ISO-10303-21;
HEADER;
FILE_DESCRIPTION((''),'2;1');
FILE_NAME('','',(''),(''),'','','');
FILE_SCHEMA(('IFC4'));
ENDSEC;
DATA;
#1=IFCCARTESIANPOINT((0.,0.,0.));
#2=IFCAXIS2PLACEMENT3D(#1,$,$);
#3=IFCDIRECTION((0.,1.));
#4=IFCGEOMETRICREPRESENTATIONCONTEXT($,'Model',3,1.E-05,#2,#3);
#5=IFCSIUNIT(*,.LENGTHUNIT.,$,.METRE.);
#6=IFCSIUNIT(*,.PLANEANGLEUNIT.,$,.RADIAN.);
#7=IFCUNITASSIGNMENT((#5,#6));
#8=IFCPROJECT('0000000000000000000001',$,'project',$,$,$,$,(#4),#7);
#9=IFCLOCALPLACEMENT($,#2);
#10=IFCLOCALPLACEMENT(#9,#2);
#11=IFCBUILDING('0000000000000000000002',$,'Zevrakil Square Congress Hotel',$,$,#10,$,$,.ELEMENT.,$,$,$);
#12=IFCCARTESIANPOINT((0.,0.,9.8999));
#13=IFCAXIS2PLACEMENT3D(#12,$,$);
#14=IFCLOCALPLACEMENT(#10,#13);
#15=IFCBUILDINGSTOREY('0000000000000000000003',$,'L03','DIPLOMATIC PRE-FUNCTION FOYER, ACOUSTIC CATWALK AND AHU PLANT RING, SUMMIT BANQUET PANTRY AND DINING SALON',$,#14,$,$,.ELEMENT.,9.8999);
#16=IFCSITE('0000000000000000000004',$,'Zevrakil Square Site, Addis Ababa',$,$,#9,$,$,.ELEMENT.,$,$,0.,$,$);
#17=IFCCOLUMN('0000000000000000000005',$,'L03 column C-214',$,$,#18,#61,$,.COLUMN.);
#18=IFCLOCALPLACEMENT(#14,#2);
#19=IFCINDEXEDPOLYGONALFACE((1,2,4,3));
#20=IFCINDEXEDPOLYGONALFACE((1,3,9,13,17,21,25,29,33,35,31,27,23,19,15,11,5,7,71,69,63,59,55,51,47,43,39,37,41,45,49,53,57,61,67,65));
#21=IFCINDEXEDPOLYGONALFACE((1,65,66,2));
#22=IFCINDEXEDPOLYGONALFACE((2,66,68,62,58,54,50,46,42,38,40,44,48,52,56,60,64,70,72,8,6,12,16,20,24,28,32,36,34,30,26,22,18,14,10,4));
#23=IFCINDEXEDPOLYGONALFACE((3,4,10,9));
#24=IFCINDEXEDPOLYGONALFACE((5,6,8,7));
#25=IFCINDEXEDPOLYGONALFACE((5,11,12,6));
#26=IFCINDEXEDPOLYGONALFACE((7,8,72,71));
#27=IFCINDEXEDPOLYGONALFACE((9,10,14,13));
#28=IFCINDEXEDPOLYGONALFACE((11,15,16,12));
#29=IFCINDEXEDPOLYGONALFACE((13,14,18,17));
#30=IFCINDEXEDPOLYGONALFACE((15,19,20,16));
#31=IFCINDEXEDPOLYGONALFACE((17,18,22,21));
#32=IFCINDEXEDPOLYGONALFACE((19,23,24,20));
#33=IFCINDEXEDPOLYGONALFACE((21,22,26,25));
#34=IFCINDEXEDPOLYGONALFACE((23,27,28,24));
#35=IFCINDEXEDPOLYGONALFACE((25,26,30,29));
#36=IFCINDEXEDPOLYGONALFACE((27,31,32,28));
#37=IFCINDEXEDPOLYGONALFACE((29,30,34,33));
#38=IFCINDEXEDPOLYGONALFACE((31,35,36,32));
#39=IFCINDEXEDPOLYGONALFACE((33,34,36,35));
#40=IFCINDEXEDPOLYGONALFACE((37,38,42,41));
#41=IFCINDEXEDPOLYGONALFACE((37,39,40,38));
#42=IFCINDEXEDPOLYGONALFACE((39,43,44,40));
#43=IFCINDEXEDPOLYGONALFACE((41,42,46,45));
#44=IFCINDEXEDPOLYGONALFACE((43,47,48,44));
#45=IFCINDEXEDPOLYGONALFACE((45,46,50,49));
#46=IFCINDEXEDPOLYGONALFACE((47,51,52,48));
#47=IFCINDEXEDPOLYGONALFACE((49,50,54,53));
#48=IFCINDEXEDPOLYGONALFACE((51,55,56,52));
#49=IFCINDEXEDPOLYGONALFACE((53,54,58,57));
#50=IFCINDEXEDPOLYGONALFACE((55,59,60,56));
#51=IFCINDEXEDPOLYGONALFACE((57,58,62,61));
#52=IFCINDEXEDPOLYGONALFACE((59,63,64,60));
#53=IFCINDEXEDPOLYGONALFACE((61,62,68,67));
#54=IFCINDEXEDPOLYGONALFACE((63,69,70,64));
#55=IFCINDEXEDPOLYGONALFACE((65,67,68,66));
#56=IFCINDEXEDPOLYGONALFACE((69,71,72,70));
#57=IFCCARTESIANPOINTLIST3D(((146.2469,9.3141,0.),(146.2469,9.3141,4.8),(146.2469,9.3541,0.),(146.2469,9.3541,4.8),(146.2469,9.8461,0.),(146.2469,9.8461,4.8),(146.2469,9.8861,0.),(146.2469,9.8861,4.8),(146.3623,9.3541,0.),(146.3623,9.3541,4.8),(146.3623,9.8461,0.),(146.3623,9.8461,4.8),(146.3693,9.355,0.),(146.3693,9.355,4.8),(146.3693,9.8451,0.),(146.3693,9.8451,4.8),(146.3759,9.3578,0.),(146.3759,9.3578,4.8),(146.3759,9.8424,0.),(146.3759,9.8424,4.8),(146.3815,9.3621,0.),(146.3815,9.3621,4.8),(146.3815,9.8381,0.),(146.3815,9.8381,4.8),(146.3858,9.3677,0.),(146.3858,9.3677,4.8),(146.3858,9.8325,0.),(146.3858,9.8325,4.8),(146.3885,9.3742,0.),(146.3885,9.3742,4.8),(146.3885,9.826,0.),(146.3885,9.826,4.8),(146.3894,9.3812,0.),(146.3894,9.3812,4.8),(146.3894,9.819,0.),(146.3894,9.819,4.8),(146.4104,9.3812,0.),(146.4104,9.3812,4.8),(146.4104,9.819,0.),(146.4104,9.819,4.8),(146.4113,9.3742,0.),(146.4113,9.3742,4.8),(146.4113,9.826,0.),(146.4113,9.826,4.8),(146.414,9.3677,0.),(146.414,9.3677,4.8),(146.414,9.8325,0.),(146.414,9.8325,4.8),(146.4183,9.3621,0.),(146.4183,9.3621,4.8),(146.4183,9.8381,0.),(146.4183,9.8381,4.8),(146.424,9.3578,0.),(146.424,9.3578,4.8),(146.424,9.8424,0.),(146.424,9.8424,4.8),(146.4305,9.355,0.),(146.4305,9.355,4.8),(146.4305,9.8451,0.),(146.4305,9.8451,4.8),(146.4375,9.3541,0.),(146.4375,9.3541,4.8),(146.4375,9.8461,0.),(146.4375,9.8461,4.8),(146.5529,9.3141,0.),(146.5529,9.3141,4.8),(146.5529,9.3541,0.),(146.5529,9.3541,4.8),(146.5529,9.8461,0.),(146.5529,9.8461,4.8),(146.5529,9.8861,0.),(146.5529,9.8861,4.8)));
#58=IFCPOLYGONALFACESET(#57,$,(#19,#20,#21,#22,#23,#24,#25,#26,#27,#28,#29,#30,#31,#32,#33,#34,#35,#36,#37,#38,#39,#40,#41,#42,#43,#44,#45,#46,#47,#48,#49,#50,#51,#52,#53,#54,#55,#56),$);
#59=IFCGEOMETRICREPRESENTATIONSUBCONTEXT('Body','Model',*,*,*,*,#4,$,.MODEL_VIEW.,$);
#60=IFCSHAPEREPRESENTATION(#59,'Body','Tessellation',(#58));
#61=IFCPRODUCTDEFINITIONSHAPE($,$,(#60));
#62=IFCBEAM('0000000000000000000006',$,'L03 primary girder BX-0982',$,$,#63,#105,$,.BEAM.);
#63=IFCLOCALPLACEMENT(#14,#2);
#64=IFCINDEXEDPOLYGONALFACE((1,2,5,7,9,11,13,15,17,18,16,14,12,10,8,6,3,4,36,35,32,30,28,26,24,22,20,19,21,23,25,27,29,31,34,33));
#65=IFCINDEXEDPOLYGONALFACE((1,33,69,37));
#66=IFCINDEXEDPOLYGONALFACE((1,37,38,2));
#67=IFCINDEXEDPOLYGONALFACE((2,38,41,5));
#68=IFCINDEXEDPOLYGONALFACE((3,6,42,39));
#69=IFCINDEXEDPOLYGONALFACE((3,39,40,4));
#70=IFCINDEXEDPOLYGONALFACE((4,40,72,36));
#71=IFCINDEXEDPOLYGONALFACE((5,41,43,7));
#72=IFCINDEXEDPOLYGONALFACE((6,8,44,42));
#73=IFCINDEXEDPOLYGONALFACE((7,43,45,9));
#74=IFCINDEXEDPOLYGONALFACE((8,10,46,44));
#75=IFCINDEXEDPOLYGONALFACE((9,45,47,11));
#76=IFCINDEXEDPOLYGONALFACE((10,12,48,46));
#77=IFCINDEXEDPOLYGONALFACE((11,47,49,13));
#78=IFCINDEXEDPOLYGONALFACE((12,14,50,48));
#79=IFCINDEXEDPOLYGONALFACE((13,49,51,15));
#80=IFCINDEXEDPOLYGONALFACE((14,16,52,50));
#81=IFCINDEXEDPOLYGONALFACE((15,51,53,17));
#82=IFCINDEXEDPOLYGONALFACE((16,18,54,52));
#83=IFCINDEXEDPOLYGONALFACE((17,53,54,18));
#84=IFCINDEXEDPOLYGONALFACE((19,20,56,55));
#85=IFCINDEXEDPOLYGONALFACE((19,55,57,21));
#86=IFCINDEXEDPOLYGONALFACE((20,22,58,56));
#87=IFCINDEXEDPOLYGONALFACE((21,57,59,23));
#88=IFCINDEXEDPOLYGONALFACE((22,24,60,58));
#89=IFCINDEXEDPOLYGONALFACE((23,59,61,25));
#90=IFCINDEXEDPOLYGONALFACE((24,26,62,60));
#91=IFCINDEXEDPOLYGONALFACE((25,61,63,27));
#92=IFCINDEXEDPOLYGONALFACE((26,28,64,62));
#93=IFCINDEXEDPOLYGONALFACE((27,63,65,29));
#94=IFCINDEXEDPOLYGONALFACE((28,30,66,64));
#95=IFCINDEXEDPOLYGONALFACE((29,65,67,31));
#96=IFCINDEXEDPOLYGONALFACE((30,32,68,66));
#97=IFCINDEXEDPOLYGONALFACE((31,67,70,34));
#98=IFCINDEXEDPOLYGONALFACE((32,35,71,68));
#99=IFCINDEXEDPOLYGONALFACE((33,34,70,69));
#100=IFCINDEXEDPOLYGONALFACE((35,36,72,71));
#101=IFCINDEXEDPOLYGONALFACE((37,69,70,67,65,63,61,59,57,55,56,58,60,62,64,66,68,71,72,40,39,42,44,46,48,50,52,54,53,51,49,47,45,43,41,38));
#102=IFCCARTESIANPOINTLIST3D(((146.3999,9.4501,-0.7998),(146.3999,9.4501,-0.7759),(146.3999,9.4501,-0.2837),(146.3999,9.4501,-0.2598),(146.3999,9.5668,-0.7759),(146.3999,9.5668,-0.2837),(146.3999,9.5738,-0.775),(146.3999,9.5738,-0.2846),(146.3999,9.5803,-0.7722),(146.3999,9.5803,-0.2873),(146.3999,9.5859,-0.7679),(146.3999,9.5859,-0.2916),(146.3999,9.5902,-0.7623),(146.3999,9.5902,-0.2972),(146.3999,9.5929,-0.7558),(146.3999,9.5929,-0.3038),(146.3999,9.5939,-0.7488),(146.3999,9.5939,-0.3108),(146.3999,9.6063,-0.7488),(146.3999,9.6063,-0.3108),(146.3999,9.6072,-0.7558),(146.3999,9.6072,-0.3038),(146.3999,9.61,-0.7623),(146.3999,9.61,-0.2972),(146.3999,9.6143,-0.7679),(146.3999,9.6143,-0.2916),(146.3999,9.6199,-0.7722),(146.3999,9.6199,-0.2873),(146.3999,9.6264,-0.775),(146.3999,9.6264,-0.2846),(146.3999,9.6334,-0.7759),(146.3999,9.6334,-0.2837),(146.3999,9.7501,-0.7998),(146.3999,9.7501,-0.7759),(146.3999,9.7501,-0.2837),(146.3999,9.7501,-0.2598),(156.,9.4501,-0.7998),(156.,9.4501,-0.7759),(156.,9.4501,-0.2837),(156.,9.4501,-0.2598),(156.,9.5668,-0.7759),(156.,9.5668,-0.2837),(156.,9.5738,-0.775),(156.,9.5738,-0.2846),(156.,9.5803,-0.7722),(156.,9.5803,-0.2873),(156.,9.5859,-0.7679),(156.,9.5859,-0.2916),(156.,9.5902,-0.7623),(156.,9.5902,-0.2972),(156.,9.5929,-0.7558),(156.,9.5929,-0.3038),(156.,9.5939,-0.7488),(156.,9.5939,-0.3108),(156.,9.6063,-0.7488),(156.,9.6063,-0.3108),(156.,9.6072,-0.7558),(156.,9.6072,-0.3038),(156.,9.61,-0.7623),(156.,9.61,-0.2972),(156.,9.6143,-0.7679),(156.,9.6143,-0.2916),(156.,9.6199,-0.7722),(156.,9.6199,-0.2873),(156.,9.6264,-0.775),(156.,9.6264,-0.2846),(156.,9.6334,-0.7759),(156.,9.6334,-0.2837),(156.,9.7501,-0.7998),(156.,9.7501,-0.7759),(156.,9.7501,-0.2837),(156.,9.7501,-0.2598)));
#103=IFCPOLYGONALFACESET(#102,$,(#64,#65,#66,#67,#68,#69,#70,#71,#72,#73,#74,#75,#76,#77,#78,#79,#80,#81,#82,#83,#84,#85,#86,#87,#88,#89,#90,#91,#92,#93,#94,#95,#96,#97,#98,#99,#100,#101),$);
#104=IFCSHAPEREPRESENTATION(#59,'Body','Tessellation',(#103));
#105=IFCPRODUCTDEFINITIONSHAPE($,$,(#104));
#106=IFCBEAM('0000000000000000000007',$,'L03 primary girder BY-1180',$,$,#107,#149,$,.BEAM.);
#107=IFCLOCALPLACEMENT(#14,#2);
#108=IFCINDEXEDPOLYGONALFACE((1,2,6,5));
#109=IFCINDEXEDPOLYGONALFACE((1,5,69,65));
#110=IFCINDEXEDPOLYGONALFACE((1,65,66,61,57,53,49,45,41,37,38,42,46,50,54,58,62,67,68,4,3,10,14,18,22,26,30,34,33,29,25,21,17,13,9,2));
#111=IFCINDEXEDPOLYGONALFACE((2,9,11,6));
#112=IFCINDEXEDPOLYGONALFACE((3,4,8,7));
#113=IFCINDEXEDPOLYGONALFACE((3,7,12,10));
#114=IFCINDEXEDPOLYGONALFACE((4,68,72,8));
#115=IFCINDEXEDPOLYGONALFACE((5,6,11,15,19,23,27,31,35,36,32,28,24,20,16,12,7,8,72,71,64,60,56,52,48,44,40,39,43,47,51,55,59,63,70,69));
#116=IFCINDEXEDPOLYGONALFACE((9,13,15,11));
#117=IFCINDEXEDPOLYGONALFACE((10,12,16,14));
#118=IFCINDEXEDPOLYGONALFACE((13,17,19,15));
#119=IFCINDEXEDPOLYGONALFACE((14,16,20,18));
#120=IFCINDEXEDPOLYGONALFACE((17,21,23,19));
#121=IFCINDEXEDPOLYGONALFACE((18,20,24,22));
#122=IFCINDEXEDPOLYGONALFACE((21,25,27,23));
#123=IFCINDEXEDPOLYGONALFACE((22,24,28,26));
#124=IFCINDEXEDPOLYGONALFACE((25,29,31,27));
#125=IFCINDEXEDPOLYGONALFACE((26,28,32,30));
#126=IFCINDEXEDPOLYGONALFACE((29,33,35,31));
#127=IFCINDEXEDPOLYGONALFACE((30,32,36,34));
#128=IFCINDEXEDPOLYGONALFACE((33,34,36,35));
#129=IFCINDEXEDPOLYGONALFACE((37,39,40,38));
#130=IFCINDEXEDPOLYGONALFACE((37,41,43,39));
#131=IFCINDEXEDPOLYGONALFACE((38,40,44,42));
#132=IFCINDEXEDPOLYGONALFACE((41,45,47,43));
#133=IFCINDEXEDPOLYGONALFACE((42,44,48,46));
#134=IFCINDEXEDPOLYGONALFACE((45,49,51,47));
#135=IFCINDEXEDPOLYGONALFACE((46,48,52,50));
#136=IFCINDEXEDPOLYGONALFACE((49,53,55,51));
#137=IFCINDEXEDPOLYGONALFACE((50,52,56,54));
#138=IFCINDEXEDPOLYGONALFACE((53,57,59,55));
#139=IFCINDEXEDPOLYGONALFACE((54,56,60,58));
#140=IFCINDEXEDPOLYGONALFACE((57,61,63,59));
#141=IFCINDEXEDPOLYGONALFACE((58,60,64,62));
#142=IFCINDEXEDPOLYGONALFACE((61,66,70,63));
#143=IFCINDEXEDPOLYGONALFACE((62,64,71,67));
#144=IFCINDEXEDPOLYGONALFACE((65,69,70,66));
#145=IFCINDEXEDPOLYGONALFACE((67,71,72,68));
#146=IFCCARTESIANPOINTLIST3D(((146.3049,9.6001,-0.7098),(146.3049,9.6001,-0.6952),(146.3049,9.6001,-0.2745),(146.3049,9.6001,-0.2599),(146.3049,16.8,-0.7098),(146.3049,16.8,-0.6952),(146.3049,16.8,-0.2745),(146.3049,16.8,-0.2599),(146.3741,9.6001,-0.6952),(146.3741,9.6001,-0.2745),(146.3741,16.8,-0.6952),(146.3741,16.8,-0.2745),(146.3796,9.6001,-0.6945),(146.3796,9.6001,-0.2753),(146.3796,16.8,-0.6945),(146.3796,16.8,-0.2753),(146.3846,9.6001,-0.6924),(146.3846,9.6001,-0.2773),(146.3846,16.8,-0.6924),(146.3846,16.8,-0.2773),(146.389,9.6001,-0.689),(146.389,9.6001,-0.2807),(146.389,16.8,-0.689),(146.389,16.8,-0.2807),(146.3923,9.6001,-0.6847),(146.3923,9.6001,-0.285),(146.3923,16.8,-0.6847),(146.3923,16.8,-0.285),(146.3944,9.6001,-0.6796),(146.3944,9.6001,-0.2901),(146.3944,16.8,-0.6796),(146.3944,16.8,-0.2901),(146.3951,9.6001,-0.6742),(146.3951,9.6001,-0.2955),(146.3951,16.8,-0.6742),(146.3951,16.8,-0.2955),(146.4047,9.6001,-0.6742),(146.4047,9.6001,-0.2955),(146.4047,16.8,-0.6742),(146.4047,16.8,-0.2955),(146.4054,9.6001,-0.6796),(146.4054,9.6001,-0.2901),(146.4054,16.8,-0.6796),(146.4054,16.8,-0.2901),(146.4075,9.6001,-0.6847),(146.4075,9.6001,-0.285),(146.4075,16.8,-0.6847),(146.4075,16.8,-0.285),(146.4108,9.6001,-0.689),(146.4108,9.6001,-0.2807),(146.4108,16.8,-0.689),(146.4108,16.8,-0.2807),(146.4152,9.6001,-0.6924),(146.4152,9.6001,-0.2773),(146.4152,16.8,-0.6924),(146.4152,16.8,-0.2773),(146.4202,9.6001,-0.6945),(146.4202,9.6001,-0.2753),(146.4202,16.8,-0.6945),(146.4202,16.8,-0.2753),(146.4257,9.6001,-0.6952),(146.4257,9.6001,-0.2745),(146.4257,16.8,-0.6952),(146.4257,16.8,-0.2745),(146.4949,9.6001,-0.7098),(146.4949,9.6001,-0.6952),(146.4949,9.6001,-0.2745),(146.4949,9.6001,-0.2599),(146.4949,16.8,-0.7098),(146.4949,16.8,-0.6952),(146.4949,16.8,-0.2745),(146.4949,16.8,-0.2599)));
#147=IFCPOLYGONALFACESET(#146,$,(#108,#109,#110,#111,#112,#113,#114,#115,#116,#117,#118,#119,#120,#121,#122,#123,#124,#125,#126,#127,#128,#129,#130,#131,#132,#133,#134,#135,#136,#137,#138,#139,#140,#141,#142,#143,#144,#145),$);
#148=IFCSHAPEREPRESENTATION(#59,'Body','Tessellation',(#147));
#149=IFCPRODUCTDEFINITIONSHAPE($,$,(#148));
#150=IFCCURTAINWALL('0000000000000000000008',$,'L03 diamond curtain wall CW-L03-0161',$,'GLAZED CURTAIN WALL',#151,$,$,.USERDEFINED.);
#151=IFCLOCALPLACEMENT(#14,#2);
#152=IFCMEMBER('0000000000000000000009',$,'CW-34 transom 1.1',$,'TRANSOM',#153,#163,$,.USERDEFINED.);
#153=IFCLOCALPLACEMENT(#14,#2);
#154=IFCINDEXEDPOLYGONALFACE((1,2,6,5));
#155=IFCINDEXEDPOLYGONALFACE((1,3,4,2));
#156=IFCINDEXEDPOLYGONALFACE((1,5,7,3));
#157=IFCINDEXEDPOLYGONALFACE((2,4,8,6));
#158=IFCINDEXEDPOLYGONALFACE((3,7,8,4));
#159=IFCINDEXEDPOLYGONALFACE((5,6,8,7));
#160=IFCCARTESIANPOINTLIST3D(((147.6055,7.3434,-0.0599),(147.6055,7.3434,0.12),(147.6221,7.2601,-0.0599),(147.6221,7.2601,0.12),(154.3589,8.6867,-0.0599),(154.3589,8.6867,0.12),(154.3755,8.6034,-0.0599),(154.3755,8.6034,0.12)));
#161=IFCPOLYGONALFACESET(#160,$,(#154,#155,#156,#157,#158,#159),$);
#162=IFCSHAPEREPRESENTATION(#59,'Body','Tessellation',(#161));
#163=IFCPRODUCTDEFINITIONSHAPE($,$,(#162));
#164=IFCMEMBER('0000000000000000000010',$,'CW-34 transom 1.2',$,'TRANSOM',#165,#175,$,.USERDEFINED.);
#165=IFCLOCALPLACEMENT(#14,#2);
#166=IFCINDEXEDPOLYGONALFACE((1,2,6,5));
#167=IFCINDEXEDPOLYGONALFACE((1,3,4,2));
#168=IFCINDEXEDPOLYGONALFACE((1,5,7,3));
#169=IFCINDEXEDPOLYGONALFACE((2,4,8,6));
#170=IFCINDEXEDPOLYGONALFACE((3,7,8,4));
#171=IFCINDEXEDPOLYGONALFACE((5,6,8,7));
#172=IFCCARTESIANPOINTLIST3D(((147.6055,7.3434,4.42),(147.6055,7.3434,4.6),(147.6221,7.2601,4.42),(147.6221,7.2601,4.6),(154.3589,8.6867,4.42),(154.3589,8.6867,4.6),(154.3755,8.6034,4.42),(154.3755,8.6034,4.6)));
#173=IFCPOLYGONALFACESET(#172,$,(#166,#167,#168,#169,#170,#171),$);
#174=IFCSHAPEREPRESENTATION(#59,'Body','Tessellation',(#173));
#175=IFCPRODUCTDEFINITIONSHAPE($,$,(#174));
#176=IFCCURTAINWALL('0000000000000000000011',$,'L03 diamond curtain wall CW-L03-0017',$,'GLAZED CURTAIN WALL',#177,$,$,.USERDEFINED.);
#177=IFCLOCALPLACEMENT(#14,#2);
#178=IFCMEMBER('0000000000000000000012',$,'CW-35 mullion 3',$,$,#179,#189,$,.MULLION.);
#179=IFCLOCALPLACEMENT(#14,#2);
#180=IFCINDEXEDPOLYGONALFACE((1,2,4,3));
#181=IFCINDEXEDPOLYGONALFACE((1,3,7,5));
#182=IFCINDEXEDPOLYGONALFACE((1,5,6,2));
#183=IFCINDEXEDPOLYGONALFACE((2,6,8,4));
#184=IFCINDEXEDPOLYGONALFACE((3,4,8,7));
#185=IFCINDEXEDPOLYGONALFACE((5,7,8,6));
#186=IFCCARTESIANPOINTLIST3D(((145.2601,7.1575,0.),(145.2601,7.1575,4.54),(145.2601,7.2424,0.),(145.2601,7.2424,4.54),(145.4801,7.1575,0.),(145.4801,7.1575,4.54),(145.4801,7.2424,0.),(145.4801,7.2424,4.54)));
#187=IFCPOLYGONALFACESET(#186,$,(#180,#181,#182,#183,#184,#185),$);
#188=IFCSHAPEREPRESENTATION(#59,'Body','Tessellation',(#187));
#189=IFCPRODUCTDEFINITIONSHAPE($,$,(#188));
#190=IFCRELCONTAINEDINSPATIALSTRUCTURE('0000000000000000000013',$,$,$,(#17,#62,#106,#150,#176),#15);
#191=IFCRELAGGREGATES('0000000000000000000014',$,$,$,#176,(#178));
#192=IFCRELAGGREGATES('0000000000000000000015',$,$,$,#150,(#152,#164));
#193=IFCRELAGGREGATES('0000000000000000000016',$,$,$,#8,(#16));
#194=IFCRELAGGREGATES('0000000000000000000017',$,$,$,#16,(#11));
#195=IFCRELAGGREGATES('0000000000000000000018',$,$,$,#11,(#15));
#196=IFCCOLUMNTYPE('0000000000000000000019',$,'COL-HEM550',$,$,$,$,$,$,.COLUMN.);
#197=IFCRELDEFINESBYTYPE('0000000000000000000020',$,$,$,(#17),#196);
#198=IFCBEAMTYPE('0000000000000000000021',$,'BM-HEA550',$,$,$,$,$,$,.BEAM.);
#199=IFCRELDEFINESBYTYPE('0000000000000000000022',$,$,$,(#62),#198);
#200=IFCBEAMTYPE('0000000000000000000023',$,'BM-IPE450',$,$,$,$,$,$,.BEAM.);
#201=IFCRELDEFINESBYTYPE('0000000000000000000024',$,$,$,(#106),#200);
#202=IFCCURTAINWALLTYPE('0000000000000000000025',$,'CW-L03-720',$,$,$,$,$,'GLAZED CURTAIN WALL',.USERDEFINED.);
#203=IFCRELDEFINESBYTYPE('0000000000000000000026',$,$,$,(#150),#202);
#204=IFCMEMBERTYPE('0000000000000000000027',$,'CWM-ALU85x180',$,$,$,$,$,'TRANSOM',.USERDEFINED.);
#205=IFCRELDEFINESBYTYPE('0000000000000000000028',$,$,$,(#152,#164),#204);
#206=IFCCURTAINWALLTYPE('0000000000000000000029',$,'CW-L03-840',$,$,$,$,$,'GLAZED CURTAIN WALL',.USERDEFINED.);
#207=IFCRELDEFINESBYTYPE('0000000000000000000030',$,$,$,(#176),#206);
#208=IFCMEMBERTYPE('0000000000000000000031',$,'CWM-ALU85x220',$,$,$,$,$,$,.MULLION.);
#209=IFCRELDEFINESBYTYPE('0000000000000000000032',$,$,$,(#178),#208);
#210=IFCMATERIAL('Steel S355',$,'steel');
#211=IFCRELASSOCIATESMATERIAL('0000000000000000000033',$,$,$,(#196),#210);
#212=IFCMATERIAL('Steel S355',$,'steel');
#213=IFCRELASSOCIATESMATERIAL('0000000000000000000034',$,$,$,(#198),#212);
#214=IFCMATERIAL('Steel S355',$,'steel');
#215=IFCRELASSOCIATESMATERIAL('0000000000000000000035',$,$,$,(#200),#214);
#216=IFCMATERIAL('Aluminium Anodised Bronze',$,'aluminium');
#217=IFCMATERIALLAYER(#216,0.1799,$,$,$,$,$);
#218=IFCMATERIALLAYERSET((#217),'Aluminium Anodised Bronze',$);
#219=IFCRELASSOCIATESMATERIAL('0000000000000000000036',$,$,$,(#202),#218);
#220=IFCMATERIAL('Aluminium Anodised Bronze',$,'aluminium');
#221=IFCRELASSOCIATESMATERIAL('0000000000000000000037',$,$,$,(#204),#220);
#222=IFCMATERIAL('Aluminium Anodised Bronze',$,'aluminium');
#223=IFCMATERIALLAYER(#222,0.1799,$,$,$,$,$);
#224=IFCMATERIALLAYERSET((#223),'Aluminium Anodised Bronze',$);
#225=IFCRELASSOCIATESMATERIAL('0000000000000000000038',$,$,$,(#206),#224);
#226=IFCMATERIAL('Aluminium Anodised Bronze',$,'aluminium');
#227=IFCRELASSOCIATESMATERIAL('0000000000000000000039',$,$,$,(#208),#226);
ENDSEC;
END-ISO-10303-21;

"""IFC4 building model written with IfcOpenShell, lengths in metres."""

from ifc_helpers import new_model, si_unit, direction, frame, origin, origin_2d, place, context, subcontext, project, spatial, rectangle, i_section, extrude, material, layer, layer_set, material_profile, profile_set, type_object, element, aggregate, save


model = new_model("IFC4")

# Units and contexts
model_context = context("Model", 3, precision=1e-05, world=origin(), true_north=direction((0.0, 1.0)))
body_context = subcontext(model_context, "Body", "Model", "MODEL_VIEW")
ifc_project = project(units=[si_unit("LENGTHUNIT", "METRE"), si_unit("PLANEANGLEUNIT", "RADIAN")], contexts=[model_context])

# Site, building, storey
site_placement = place(None, origin())
site = spatial("IfcSite", under=ifc_project, at=site_placement, Name="Zevrakil Square Site, Addis Ababa", CompositionType="ELEMENT", RefElevation=0.0)
building_placement = place(site_placement, origin())
building = spatial("IfcBuilding", under=site, at=building_placement, Name="Zevrakil Square Congress Hotel", CompositionType="ELEMENT")
storey_placement = place(building_placement, frame((0.0, 0.0, 9.8999)))
storey = spatial("IfcBuildingStorey", under=building, at=storey_placement, Name="L03", Description="DIPLOMATIC PRE-FUNCTION FOYER, ACOUSTIC CATWALK AND AHU PLANT RING, SUMMIT BANQUET PANTRY AND DINING SALON", CompositionType="ELEMENT", Elevation=9.8999)

# Column
ifc_material_1 = material(Name="Steel S355", Category="steel")
ifc_material_profile_1 = material_profile(ifc_material_1, i_section(OverallWidth=0.3059, OverallDepth=0.572, WebThickness=0.021, FlangeThickness=0.04, FilletRadius=0.0271, at=origin_2d()), Name="HEM 550")
ifc_profile_set_1 = profile_set([ifc_material_profile_1], Name="Steel S355")
column_type = type_object("IfcColumnType", Name="COL-HEM550", PredefinedType="COLUMN", material=ifc_profile_set_1)
column_placement = place(storey_placement, frame((146.3999, 9.6001, 0.0), z_axis=(0.0, 0.0, 1.0), x_axis=(1.0, 0.0, 0.0)))
element("IfcColumn", 1, at=column_placement, inside=storey, type_object=column_type, Name="L03 column C-214", PredefinedType="COLUMN", context=body_context, shape_type="SweptSolid", body=[
    extrude(i_section(OverallWidth=0.3059, OverallDepth=0.572, WebThickness=0.021, FlangeThickness=0.04, FilletRadius=0.0271, at=origin_2d()), origin(), (0.0, 0.0, 1.0), 4.8),
])

# Beams
ifc_material_2 = material(Name="Steel S355", Category="steel")
ifc_material_profile_2 = material_profile(ifc_material_2, i_section(OverallWidth=0.3, OverallDepth=0.54, WebThickness=0.0125, FlangeThickness=0.0239, FilletRadius=0.0271, at=origin_2d()), Name="HEA 550")
ifc_profile_set_2 = profile_set([ifc_material_profile_2], Name="Steel S355")
beam_type_1 = type_object("IfcBeamType", Name="BM-HEA550", PredefinedType="BEAM", material=ifc_profile_set_2)
beam_1_placement = place(storey_placement, frame((146.3999, 9.6001, -0.5298), z_axis=(1.0, 0.0, 0.0), x_axis=(0.0, 1.0, 0.0)))
element("IfcBeam", 2, at=beam_1_placement, inside=storey, type_object=beam_type_1, Name="L03 primary girder BX-0982", PredefinedType="BEAM", context=body_context, shape_type="SweptSolid", body=[
    extrude(i_section(OverallWidth=0.3, OverallDepth=0.54, WebThickness=0.0125, FlangeThickness=0.0239, FilletRadius=0.0271, at=origin_2d()), origin(), (0.0, 0.0, 1.0), 9.6001),
])
ifc_material_3 = material(Name="Steel S355", Category="steel")
ifc_material_profile_3 = material_profile(ifc_material_3, i_section(OverallWidth=0.1899, OverallDepth=0.45, WebThickness=0.0095, FlangeThickness=0.0146, FilletRadius=0.021, at=origin_2d()), Name="IPE 450")
ifc_profile_set_3 = profile_set([ifc_material_profile_3], Name="Steel S355")
beam_type_2 = type_object("IfcBeamType", Name="BM-IPE450", PredefinedType="BEAM", material=ifc_profile_set_3)
beam_2_placement = place(storey_placement, frame((146.3999, 9.6001, -0.4849), z_axis=(0.0, 1.0, 0.0), x_axis=(-1.0, 0.0, 0.0)))
element("IfcBeam", 3, at=beam_2_placement, inside=storey, type_object=beam_type_2, Name="L03 primary girder BY-1180", PredefinedType="BEAM", context=body_context, shape_type="SweptSolid", body=[
    extrude(i_section(OverallWidth=0.1899, OverallDepth=0.45, WebThickness=0.0095, FlangeThickness=0.0146, FilletRadius=0.021, at=origin_2d()), origin(), (0.0, 0.0, 1.0), 7.2),
])

# Curtain wall, members
ifc_material_4 = material(Name="Aluminium Anodised Bronze", Category="aluminium")
ifc_layer_1 = layer(ifc_material_4, 0.1799)
ifc_layer_set_1 = layer_set([ifc_layer_1], Name="Aluminium Anodised Bronze")
curtain_wall_type_1 = type_object("IfcCurtainWallType", Name="CW-L03-720", ElementType="GLAZED CURTAIN WALL", PredefinedType="USERDEFINED", material=ifc_layer_set_1)
curtain_wall_1_placement = place(storey_placement, origin())
curtain_wall_1 = element("IfcCurtainWall", 4, at=curtain_wall_1_placement, inside=storey, type_object=curtain_wall_type_1, Name="L03 diamond curtain wall CW-L03-0161", ObjectType="GLAZED CURTAIN WALL", PredefinedType="USERDEFINED")
ifc_material_5 = material(Name="Aluminium Anodised Bronze", Category="aluminium")
ifc_material_profile_4 = material_profile(ifc_material_5, rectangle(XDim=0.085, YDim=0.1799, at=origin_2d()), Name="ALU 85x180")
ifc_profile_set_4 = profile_set([ifc_material_profile_4], Name="Aluminium Anodised Bronze")
member_type_1 = type_object("IfcMemberType", Name="CWM-ALU85x180", ElementType="TRANSOM", PredefinedType="USERDEFINED", material=ifc_profile_set_4)
member_1_placement = place(storey_placement, frame((147.6138, 7.3018, 0.03), z_axis=(0.980787, 0.19508, 0.0), x_axis=(-0.19508, 0.980787, 0.0)))
member_1 = element("IfcMember", 5, at=member_1_placement, type_object=member_type_1, Name="CW-34 transom 1.1", ObjectType="TRANSOM", PredefinedType="USERDEFINED", context=body_context, shape_type="SweptSolid", body=[
    extrude(rectangle(XDim=0.085, YDim=0.1799, at=origin_2d()), origin(), (0.0, 0.0, 1.0), 6.8857),
])
member_2_placement = place(storey_placement, frame((147.6138, 7.3018, 4.51), z_axis=(0.980787, 0.19508, 0.0), x_axis=(-0.19508, 0.980787, 0.0)))
member_2 = element("IfcMember", 6, at=member_2_placement, type_object=member_type_1, Name="CW-34 transom 1.2", ObjectType="TRANSOM", PredefinedType="USERDEFINED", context=body_context, shape_type="SweptSolid", body=[
    extrude(rectangle(XDim=0.085, YDim=0.1799, at=origin_2d()), origin(), (0.0, 0.0, 1.0), 6.8857),
])

# Curtain wall, member
ifc_material_6 = material(Name="Aluminium Anodised Bronze", Category="aluminium")
ifc_layer_2 = layer(ifc_material_6, 0.1799)
ifc_layer_set_2 = layer_set([ifc_layer_2], Name="Aluminium Anodised Bronze")
curtain_wall_type_2 = type_object("IfcCurtainWallType", Name="CW-L03-840", ElementType="GLAZED CURTAIN WALL", PredefinedType="USERDEFINED", material=ifc_layer_set_2)
curtain_wall_2_placement = place(storey_placement, origin())
curtain_wall_2 = element("IfcCurtainWall", 7, at=curtain_wall_2_placement, inside=storey, type_object=curtain_wall_type_2, Name="L03 diamond curtain wall CW-L03-0017", ObjectType="GLAZED CURTAIN WALL", PredefinedType="USERDEFINED")
ifc_material_7 = material(Name="Aluminium Anodised Bronze", Category="aluminium")
ifc_material_profile_5 = material_profile(ifc_material_7, rectangle(XDim=0.085, YDim=0.22, at=origin_2d()), Name="ALU 85x220")
ifc_profile_set_5 = profile_set([ifc_material_profile_5], Name="Aluminium Anodised Bronze")
member_type_2 = type_object("IfcMemberType", Name="CWM-ALU85x220", PredefinedType="MULLION", material=ifc_profile_set_5)
member_3_placement = place(storey_placement, frame((145.3701, 7.2, 0.0), z_axis=(0.0, 0.0, 1.0), x_axis=(0.0, 1.0, 0.0)))
member_3 = element("IfcMember", 8, at=member_3_placement, type_object=member_type_2, Name="CW-35 mullion 3", PredefinedType="MULLION", context=body_context, shape_type="SweptSolid", body=[
    extrude(rectangle(XDim=0.085, YDim=0.22, at=origin_2d()), origin(), (0.0, 0.0, 1.0), 4.54),
])
aggregate(curtain_wall_2, [member_3])

aggregate(curtain_wall_1, [member_1, member_2])

save(model, "model.ifc")
